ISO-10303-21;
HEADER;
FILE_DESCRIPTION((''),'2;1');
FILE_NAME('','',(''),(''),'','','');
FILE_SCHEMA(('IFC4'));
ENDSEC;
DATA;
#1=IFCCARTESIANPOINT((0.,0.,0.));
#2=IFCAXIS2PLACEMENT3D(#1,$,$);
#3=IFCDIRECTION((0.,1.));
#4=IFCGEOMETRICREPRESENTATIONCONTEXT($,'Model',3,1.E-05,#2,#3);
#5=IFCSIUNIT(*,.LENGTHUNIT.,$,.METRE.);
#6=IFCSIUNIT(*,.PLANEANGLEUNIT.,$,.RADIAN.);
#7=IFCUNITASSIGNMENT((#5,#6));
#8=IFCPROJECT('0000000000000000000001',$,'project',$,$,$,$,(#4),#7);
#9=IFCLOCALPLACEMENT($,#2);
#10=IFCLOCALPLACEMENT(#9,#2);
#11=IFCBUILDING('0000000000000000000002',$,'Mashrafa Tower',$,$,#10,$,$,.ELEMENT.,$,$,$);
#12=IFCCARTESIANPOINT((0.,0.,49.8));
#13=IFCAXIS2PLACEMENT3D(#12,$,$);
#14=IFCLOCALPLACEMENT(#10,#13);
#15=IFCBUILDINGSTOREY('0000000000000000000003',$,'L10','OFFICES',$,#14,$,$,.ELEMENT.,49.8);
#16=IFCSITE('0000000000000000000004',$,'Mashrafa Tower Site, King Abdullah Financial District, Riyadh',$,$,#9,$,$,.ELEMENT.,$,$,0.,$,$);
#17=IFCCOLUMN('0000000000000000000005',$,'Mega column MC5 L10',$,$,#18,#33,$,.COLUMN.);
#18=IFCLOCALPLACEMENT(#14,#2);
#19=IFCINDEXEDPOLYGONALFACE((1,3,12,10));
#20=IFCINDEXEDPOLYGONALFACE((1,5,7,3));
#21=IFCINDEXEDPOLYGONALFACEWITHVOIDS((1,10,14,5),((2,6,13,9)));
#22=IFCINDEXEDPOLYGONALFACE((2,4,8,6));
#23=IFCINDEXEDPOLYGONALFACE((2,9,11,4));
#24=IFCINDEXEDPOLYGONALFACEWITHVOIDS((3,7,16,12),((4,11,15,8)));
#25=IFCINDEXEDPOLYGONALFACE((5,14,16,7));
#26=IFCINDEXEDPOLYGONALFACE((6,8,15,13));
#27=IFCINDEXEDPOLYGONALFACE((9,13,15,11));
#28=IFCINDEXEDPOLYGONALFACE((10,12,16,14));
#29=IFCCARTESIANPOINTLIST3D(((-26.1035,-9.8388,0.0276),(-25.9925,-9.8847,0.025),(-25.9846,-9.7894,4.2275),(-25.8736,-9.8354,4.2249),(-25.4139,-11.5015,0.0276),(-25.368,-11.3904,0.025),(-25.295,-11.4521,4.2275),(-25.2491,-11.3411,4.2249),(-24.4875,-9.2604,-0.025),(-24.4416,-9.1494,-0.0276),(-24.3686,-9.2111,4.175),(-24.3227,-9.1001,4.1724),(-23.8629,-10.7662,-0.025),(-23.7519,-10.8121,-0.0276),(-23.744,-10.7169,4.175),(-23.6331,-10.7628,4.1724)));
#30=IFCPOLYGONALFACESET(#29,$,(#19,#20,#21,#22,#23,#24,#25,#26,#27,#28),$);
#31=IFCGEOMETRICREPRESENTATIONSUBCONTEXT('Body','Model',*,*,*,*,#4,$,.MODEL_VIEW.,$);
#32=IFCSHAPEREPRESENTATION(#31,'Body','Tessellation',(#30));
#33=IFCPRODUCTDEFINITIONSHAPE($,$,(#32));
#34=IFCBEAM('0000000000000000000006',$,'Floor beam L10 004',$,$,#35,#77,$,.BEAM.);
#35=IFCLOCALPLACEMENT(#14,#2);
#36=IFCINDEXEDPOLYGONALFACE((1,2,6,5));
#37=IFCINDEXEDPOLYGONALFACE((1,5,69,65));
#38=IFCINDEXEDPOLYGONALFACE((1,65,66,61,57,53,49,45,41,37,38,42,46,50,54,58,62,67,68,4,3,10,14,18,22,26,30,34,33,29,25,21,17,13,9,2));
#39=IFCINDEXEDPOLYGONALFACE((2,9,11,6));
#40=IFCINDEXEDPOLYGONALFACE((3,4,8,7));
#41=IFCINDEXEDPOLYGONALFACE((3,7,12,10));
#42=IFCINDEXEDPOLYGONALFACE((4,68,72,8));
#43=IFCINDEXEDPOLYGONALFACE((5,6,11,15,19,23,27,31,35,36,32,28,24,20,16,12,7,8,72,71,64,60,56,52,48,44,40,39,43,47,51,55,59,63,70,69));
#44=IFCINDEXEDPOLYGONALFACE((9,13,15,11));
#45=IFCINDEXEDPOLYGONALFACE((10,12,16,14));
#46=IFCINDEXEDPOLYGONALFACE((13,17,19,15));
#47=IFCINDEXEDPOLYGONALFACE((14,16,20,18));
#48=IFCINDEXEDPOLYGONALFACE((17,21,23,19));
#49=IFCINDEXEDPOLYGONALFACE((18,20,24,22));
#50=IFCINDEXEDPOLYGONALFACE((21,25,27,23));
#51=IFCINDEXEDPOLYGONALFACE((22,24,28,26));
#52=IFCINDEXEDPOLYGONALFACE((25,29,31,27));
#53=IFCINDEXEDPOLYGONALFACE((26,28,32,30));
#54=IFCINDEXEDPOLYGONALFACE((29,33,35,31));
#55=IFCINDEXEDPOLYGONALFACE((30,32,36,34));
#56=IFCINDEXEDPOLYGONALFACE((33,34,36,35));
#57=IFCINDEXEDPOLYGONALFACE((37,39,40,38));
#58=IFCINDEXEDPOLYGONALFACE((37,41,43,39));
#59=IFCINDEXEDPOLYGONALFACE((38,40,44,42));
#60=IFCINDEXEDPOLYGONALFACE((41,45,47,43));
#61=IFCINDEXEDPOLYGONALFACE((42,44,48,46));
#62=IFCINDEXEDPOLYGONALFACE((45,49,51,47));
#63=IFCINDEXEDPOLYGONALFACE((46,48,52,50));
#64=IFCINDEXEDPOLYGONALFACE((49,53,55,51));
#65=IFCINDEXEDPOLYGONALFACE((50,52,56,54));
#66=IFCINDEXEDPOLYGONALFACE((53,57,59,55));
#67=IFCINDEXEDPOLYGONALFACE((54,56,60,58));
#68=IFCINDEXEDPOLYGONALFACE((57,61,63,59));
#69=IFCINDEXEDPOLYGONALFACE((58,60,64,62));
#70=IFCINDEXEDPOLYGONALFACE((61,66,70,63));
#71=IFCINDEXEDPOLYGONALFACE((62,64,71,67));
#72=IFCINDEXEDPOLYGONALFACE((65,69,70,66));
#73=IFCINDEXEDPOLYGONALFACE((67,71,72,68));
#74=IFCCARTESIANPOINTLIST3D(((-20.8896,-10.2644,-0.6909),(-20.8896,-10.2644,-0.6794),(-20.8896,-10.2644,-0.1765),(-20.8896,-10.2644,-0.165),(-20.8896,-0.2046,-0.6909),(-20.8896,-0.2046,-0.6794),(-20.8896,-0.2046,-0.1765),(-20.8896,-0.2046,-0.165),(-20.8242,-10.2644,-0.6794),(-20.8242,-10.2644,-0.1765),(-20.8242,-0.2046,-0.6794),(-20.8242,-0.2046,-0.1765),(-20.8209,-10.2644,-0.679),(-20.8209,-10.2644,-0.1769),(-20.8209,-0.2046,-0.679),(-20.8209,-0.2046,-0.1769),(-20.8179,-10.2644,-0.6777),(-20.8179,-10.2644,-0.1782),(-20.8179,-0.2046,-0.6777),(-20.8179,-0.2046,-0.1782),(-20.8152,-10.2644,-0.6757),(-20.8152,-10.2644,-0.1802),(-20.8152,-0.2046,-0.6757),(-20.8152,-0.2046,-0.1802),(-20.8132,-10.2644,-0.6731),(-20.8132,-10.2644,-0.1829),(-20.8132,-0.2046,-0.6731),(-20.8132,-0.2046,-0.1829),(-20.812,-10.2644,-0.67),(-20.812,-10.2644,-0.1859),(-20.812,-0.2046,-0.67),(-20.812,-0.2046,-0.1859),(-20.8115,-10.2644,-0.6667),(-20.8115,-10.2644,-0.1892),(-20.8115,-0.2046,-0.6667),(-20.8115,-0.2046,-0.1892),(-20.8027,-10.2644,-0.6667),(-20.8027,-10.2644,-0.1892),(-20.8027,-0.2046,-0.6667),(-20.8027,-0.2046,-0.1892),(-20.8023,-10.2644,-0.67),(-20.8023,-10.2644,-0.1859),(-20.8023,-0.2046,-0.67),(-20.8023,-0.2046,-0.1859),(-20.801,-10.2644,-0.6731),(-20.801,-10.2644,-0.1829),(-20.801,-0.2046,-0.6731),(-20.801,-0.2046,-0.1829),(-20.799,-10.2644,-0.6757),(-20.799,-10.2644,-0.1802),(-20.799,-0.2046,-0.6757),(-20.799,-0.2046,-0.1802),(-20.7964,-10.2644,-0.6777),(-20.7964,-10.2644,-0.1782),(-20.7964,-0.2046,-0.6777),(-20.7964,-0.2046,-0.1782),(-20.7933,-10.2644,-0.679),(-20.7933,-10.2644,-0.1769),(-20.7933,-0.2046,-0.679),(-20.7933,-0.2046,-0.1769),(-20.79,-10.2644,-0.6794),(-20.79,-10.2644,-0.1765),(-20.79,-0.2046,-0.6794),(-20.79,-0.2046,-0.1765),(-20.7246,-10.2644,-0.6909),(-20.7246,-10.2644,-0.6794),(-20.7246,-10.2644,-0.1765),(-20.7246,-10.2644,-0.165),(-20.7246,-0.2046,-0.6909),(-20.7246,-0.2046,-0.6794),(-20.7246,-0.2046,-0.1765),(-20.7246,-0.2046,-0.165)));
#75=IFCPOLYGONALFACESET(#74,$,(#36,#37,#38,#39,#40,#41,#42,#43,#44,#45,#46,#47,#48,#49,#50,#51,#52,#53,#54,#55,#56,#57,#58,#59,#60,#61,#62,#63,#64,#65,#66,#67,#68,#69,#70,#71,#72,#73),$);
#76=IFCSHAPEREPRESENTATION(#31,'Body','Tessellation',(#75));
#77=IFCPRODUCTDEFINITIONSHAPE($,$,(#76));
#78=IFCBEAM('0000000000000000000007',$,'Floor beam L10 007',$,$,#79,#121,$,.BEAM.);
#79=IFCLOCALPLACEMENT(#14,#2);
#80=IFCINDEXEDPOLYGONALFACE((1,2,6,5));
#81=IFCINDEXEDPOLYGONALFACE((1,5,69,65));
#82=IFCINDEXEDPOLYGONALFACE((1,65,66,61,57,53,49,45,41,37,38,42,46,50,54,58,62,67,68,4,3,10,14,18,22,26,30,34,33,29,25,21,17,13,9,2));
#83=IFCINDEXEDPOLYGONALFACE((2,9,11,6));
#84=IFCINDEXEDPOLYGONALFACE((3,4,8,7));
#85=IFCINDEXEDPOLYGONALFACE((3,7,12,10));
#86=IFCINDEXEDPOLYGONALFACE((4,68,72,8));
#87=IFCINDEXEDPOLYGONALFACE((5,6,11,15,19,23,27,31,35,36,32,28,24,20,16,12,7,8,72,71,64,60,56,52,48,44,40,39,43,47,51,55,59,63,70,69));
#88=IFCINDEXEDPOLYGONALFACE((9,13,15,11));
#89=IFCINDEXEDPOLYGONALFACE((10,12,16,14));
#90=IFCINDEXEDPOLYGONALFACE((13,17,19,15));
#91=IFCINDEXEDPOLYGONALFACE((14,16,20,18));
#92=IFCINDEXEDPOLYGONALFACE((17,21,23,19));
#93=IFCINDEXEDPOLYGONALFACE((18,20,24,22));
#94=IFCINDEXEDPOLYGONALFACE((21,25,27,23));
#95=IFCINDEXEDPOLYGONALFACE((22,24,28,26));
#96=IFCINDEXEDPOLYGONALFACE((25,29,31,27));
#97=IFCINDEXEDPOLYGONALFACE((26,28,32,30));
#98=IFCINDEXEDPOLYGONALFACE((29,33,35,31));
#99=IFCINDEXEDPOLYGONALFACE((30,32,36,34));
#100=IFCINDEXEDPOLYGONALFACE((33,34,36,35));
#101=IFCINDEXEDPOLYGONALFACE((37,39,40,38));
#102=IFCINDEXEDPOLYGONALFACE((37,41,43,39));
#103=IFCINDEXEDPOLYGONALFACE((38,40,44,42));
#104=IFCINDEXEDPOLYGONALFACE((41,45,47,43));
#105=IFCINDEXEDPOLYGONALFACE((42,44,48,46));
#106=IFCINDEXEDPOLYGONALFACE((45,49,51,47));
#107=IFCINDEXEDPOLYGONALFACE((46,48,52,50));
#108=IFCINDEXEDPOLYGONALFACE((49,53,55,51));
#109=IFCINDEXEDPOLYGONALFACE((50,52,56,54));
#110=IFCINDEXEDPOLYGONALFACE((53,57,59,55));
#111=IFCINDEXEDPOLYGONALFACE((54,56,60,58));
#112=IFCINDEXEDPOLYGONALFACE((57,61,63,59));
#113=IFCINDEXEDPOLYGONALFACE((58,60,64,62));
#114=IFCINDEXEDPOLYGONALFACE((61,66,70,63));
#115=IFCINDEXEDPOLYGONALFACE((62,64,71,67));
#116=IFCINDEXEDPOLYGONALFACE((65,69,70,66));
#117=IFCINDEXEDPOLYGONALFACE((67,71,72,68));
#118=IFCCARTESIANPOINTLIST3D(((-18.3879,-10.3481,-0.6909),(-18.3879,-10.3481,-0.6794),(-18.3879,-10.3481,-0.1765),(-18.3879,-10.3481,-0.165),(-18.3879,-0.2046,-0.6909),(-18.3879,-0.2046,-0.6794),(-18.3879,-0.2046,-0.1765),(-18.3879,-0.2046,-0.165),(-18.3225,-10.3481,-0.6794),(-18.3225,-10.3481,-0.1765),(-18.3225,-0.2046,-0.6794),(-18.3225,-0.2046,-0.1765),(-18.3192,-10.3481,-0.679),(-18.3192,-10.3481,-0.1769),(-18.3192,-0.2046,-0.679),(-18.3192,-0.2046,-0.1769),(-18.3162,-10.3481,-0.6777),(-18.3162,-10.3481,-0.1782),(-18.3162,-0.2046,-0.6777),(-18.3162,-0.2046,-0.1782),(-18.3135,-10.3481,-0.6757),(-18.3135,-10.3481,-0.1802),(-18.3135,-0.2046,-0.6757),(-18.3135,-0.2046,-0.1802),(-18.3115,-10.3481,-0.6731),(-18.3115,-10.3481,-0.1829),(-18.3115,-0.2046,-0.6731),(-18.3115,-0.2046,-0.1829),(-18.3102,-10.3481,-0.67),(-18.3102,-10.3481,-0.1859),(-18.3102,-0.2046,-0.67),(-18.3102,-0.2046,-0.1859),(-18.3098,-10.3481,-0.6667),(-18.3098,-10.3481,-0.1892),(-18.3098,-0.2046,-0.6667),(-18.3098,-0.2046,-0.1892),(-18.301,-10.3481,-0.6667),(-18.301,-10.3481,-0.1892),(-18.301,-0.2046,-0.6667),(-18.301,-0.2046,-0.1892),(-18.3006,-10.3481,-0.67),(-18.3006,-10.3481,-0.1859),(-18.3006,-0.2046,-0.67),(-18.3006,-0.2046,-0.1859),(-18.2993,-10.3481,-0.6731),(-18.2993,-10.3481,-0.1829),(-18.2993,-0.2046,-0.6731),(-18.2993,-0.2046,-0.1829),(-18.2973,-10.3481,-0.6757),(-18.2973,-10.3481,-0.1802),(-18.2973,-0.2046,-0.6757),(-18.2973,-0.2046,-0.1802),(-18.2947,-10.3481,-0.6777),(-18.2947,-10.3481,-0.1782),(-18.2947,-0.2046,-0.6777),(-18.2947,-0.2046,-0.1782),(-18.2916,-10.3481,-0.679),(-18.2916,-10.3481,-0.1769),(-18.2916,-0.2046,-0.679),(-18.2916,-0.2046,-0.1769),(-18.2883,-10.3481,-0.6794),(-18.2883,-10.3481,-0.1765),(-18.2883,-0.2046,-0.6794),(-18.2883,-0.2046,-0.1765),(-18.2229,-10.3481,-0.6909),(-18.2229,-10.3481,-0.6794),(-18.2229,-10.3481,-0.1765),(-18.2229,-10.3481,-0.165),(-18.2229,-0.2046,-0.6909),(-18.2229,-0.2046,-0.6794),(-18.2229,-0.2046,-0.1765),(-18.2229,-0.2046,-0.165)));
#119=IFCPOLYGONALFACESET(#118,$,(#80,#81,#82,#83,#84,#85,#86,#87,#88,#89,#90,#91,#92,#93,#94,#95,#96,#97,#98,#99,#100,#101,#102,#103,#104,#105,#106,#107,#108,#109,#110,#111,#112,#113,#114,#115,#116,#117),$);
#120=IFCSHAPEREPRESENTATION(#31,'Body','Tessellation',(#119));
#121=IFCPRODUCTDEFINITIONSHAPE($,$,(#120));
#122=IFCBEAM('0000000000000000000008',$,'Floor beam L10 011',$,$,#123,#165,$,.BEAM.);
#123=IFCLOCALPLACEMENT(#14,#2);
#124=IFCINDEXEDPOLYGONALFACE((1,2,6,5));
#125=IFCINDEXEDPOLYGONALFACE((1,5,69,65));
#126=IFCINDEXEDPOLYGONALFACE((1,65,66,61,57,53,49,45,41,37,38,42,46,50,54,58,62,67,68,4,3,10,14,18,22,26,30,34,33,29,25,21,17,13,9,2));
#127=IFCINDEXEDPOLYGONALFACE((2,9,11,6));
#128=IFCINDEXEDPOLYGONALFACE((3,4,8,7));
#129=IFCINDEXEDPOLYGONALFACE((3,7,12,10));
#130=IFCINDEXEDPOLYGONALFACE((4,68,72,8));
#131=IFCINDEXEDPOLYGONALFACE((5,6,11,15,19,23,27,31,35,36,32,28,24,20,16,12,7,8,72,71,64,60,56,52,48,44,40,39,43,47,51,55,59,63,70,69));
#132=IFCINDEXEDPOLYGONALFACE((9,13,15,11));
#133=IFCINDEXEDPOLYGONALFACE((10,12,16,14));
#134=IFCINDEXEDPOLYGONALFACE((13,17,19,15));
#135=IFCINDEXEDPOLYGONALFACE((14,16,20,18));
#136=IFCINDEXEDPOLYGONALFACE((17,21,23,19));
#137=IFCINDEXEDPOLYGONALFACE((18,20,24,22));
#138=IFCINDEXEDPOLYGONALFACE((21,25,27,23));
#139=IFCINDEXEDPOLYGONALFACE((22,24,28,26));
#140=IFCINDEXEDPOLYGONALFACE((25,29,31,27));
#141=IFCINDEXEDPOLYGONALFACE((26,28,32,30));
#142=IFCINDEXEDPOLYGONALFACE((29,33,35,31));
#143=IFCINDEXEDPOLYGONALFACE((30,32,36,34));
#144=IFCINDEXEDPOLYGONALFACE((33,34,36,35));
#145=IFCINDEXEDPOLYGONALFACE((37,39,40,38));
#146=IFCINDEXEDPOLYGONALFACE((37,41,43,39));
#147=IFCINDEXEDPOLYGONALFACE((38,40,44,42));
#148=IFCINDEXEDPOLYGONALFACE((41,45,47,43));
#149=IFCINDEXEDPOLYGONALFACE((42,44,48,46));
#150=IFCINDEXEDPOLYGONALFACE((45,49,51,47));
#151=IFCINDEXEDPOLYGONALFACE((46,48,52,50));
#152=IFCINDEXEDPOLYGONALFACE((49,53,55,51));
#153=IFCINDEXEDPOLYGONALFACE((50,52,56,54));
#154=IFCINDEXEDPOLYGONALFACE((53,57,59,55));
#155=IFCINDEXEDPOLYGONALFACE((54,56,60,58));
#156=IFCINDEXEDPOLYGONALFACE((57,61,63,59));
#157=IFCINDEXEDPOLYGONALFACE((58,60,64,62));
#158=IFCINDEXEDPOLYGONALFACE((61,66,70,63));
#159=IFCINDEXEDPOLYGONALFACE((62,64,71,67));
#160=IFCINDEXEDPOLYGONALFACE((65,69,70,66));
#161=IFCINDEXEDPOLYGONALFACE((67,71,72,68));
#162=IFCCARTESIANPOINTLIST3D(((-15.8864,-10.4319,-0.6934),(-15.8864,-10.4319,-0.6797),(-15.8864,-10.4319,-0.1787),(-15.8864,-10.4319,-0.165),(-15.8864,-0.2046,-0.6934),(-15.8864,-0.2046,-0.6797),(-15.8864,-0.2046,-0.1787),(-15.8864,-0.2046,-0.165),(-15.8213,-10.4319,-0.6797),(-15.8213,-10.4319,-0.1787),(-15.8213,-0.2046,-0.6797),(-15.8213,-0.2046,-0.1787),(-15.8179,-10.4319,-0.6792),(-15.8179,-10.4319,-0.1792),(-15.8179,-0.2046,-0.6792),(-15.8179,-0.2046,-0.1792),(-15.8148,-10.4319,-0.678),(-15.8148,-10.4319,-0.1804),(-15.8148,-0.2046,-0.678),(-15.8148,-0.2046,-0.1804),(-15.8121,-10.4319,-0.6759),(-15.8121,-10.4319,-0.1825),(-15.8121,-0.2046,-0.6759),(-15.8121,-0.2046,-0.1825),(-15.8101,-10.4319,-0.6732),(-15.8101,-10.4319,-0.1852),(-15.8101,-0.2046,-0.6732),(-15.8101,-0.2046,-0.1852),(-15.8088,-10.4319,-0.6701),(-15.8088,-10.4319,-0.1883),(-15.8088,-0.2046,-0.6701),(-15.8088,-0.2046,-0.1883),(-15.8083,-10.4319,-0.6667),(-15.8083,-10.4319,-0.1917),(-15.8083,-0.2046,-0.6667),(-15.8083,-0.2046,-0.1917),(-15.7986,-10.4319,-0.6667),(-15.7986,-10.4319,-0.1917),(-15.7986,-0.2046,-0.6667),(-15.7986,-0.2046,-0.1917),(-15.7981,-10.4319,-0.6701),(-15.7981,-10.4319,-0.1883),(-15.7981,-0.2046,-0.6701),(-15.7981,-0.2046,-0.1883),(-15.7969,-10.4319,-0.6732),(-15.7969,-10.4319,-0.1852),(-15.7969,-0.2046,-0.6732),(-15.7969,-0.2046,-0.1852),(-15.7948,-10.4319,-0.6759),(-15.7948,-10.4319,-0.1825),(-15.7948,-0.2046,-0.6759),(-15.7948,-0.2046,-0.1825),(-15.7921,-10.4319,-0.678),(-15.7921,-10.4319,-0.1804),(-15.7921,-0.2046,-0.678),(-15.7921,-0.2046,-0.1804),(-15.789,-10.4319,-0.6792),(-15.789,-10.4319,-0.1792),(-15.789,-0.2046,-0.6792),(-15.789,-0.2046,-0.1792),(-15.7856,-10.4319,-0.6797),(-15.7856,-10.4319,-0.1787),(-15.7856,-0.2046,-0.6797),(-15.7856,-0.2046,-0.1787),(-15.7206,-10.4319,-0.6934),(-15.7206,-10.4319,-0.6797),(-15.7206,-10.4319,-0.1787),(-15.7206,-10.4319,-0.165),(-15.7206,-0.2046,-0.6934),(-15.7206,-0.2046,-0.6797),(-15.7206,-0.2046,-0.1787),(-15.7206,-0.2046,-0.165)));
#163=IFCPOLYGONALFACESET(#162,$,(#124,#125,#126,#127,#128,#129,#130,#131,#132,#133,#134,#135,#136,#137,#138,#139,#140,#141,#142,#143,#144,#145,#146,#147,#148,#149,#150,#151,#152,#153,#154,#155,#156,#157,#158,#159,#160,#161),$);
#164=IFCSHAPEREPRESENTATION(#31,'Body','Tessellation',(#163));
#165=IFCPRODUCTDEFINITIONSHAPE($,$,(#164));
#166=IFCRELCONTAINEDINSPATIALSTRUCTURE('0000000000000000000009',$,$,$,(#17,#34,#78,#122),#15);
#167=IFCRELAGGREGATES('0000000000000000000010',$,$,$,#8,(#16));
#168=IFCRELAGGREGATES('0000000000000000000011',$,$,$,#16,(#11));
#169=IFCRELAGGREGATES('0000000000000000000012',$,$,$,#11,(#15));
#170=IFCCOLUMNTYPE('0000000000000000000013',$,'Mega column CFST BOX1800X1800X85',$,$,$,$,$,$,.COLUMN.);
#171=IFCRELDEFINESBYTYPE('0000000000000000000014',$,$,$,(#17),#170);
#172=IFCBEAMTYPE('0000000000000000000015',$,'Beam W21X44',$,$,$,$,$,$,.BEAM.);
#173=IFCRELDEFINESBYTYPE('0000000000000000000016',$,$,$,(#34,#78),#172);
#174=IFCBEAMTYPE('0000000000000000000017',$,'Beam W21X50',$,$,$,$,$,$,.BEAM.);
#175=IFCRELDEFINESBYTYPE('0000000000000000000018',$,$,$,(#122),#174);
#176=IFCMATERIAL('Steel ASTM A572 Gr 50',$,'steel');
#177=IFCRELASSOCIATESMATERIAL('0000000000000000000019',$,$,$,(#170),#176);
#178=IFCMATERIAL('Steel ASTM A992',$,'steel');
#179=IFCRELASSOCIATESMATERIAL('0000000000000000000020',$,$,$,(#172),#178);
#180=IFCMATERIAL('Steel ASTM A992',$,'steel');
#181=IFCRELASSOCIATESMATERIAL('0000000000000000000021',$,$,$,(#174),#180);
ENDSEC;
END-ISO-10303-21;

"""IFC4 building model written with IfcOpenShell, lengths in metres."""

from ifc_helpers import new_model, si_unit, direction, frame, origin, origin_2d, place, context, subcontext, project, spatial, hollow_rectangle, i_section, extrude, material, material_profile, profile_set, type_object, element, save


model = new_model("IFC4")

# Units and contexts
model_context = context("Model", 3, precision=1e-05, world=origin(), true_north=direction((0.0, 1.0)))
body_context = subcontext(model_context, "Body", "Model", "MODEL_VIEW")
ifc_project = project(units=[si_unit("LENGTHUNIT", "METRE"), si_unit("PLANEANGLEUNIT", "RADIAN")], contexts=[model_context])

# Site, building, storey
site_placement = place(None, origin())
site = spatial("IfcSite", under=ifc_project, at=site_placement, Name="Mashrafa Tower Site, King Abdullah Financial District, Riyadh", CompositionType="ELEMENT", RefElevation=0.0)
building_placement = place(site_placement, origin())
building = spatial("IfcBuilding", under=site, at=building_placement, Name="Mashrafa Tower", CompositionType="ELEMENT")
storey_placement = place(building_placement, frame((0.0, 0.0, 49.8)))
storey = spatial("IfcBuildingStorey", under=building, at=storey_placement, Name="L10", Description="OFFICES", CompositionType="ELEMENT", Elevation=49.8)

# Column
ifc_material_1 = material(Name="Steel ASTM A572 Gr 50", Category="steel")
ifc_material_profile_1 = material_profile(ifc_material_1, hollow_rectangle(XDim=1.8, YDim=1.8, WallThickness=0.085, at=origin_2d()), Name="BOX1800X1800X85")
ifc_profile_set_1 = profile_set([ifc_material_profile_1], Name="Steel ASTM A572 Gr 50")
column_type = type_object("IfcColumnType", Name="Mega column CFST BOX1800X1800X85", PredefinedType="COLUMN", material=ifc_profile_set_1)
column_placement = place(storey_placement, frame((-24.9277, -10.3254, 0.0), z_axis=(0.028296, 0.011737, 0.999531), x_axis=(-0.383133, 0.923693, 0.0)))
element("IfcColumn", 1, at=column_placement, inside=storey, type_object=column_type, Name="Mega column MC5 L10", PredefinedType="COLUMN", context=body_context, shape_type="SweptSolid", body=[
    extrude(hollow_rectangle(XDim=1.8, YDim=1.8, WallThickness=0.085, at=origin_2d()), origin(), (0.0, 0.0, 1.0), 4.2019),
])

# Beams
ifc_material_2 = material(Name="Steel ASTM A992", Category="steel")
ifc_material_profile_2 = material_profile(ifc_material_2, i_section(OverallWidth=0.165, OverallDepth=0.5259, WebThickness=0.0088, FlangeThickness=0.0115, FilletRadius=0.0127, at=origin_2d()), Name="W21X44")
ifc_profile_set_2 = profile_set([ifc_material_profile_2], Name="Steel ASTM A992")
beam_type_1 = type_object("IfcBeamType", Name="Beam W21X44", PredefinedType="BEAM", material=ifc_profile_set_2)
beam_1_placement = place(storey_placement, frame((-20.8071, -10.2644, -0.428), z_axis=(0.0, 1.0, 0.0), x_axis=(-1.0, 0.0, 0.0)))
element("IfcBeam", 2, at=beam_1_placement, inside=storey, type_object=beam_type_1, Name="Floor beam L10 004", PredefinedType="BEAM", context=body_context, shape_type="SweptSolid", body=[
    extrude(i_section(OverallWidth=0.165, OverallDepth=0.5259, WebThickness=0.0088, FlangeThickness=0.0115, FilletRadius=0.0127, at=origin_2d()), origin(), (0.0, 0.0, 1.0), 10.0598),
])
beam_2_placement = place(storey_placement, frame((-18.3054, -10.3481, -0.428), z_axis=(0.0, 1.0, 0.0), x_axis=(-1.0, 0.0, 0.0)))
element("IfcBeam", 3, at=beam_2_placement, inside=storey, type_object=beam_type_1, Name="Floor beam L10 007", PredefinedType="BEAM", context=body_context, shape_type="SweptSolid", body=[
    extrude(i_section(OverallWidth=0.165, OverallDepth=0.5259, WebThickness=0.0088, FlangeThickness=0.0115, FilletRadius=0.0127, at=origin_2d()), origin(), (0.0, 0.0, 1.0), 10.1436),
])
ifc_material_3 = material(Name="Steel ASTM A992", Category="steel")
ifc_material_profile_3 = material_profile(ifc_material_3, i_section(OverallWidth=0.1658, OverallDepth=0.5283, WebThickness=0.0098, FlangeThickness=0.0137, FilletRadius=0.0129, at=origin_2d()), Name="W21X50")
ifc_profile_set_3 = profile_set([ifc_material_profile_3], Name="Steel ASTM A992")
beam_type_2 = type_object("IfcBeamType", Name="Beam W21X50", PredefinedType="BEAM", material=ifc_profile_set_3)
beam_3_placement = place(storey_placement, frame((-15.8035, -10.4319, -0.4292), z_axis=(0.0, 1.0, 0.0), x_axis=(-1.0, 0.0, 0.0)))
element("IfcBeam", 4, at=beam_3_placement, inside=storey, type_object=beam_type_2, Name="Floor beam L10 011", PredefinedType="BEAM", context=body_context, shape_type="SweptSolid", body=[
    extrude(i_section(OverallWidth=0.1658, OverallDepth=0.5283, WebThickness=0.0098, FlangeThickness=0.0137, FilletRadius=0.0129, at=origin_2d()), origin(), (0.0, 0.0, 1.0), 10.2273),
])

save(model, "model.ifc")
